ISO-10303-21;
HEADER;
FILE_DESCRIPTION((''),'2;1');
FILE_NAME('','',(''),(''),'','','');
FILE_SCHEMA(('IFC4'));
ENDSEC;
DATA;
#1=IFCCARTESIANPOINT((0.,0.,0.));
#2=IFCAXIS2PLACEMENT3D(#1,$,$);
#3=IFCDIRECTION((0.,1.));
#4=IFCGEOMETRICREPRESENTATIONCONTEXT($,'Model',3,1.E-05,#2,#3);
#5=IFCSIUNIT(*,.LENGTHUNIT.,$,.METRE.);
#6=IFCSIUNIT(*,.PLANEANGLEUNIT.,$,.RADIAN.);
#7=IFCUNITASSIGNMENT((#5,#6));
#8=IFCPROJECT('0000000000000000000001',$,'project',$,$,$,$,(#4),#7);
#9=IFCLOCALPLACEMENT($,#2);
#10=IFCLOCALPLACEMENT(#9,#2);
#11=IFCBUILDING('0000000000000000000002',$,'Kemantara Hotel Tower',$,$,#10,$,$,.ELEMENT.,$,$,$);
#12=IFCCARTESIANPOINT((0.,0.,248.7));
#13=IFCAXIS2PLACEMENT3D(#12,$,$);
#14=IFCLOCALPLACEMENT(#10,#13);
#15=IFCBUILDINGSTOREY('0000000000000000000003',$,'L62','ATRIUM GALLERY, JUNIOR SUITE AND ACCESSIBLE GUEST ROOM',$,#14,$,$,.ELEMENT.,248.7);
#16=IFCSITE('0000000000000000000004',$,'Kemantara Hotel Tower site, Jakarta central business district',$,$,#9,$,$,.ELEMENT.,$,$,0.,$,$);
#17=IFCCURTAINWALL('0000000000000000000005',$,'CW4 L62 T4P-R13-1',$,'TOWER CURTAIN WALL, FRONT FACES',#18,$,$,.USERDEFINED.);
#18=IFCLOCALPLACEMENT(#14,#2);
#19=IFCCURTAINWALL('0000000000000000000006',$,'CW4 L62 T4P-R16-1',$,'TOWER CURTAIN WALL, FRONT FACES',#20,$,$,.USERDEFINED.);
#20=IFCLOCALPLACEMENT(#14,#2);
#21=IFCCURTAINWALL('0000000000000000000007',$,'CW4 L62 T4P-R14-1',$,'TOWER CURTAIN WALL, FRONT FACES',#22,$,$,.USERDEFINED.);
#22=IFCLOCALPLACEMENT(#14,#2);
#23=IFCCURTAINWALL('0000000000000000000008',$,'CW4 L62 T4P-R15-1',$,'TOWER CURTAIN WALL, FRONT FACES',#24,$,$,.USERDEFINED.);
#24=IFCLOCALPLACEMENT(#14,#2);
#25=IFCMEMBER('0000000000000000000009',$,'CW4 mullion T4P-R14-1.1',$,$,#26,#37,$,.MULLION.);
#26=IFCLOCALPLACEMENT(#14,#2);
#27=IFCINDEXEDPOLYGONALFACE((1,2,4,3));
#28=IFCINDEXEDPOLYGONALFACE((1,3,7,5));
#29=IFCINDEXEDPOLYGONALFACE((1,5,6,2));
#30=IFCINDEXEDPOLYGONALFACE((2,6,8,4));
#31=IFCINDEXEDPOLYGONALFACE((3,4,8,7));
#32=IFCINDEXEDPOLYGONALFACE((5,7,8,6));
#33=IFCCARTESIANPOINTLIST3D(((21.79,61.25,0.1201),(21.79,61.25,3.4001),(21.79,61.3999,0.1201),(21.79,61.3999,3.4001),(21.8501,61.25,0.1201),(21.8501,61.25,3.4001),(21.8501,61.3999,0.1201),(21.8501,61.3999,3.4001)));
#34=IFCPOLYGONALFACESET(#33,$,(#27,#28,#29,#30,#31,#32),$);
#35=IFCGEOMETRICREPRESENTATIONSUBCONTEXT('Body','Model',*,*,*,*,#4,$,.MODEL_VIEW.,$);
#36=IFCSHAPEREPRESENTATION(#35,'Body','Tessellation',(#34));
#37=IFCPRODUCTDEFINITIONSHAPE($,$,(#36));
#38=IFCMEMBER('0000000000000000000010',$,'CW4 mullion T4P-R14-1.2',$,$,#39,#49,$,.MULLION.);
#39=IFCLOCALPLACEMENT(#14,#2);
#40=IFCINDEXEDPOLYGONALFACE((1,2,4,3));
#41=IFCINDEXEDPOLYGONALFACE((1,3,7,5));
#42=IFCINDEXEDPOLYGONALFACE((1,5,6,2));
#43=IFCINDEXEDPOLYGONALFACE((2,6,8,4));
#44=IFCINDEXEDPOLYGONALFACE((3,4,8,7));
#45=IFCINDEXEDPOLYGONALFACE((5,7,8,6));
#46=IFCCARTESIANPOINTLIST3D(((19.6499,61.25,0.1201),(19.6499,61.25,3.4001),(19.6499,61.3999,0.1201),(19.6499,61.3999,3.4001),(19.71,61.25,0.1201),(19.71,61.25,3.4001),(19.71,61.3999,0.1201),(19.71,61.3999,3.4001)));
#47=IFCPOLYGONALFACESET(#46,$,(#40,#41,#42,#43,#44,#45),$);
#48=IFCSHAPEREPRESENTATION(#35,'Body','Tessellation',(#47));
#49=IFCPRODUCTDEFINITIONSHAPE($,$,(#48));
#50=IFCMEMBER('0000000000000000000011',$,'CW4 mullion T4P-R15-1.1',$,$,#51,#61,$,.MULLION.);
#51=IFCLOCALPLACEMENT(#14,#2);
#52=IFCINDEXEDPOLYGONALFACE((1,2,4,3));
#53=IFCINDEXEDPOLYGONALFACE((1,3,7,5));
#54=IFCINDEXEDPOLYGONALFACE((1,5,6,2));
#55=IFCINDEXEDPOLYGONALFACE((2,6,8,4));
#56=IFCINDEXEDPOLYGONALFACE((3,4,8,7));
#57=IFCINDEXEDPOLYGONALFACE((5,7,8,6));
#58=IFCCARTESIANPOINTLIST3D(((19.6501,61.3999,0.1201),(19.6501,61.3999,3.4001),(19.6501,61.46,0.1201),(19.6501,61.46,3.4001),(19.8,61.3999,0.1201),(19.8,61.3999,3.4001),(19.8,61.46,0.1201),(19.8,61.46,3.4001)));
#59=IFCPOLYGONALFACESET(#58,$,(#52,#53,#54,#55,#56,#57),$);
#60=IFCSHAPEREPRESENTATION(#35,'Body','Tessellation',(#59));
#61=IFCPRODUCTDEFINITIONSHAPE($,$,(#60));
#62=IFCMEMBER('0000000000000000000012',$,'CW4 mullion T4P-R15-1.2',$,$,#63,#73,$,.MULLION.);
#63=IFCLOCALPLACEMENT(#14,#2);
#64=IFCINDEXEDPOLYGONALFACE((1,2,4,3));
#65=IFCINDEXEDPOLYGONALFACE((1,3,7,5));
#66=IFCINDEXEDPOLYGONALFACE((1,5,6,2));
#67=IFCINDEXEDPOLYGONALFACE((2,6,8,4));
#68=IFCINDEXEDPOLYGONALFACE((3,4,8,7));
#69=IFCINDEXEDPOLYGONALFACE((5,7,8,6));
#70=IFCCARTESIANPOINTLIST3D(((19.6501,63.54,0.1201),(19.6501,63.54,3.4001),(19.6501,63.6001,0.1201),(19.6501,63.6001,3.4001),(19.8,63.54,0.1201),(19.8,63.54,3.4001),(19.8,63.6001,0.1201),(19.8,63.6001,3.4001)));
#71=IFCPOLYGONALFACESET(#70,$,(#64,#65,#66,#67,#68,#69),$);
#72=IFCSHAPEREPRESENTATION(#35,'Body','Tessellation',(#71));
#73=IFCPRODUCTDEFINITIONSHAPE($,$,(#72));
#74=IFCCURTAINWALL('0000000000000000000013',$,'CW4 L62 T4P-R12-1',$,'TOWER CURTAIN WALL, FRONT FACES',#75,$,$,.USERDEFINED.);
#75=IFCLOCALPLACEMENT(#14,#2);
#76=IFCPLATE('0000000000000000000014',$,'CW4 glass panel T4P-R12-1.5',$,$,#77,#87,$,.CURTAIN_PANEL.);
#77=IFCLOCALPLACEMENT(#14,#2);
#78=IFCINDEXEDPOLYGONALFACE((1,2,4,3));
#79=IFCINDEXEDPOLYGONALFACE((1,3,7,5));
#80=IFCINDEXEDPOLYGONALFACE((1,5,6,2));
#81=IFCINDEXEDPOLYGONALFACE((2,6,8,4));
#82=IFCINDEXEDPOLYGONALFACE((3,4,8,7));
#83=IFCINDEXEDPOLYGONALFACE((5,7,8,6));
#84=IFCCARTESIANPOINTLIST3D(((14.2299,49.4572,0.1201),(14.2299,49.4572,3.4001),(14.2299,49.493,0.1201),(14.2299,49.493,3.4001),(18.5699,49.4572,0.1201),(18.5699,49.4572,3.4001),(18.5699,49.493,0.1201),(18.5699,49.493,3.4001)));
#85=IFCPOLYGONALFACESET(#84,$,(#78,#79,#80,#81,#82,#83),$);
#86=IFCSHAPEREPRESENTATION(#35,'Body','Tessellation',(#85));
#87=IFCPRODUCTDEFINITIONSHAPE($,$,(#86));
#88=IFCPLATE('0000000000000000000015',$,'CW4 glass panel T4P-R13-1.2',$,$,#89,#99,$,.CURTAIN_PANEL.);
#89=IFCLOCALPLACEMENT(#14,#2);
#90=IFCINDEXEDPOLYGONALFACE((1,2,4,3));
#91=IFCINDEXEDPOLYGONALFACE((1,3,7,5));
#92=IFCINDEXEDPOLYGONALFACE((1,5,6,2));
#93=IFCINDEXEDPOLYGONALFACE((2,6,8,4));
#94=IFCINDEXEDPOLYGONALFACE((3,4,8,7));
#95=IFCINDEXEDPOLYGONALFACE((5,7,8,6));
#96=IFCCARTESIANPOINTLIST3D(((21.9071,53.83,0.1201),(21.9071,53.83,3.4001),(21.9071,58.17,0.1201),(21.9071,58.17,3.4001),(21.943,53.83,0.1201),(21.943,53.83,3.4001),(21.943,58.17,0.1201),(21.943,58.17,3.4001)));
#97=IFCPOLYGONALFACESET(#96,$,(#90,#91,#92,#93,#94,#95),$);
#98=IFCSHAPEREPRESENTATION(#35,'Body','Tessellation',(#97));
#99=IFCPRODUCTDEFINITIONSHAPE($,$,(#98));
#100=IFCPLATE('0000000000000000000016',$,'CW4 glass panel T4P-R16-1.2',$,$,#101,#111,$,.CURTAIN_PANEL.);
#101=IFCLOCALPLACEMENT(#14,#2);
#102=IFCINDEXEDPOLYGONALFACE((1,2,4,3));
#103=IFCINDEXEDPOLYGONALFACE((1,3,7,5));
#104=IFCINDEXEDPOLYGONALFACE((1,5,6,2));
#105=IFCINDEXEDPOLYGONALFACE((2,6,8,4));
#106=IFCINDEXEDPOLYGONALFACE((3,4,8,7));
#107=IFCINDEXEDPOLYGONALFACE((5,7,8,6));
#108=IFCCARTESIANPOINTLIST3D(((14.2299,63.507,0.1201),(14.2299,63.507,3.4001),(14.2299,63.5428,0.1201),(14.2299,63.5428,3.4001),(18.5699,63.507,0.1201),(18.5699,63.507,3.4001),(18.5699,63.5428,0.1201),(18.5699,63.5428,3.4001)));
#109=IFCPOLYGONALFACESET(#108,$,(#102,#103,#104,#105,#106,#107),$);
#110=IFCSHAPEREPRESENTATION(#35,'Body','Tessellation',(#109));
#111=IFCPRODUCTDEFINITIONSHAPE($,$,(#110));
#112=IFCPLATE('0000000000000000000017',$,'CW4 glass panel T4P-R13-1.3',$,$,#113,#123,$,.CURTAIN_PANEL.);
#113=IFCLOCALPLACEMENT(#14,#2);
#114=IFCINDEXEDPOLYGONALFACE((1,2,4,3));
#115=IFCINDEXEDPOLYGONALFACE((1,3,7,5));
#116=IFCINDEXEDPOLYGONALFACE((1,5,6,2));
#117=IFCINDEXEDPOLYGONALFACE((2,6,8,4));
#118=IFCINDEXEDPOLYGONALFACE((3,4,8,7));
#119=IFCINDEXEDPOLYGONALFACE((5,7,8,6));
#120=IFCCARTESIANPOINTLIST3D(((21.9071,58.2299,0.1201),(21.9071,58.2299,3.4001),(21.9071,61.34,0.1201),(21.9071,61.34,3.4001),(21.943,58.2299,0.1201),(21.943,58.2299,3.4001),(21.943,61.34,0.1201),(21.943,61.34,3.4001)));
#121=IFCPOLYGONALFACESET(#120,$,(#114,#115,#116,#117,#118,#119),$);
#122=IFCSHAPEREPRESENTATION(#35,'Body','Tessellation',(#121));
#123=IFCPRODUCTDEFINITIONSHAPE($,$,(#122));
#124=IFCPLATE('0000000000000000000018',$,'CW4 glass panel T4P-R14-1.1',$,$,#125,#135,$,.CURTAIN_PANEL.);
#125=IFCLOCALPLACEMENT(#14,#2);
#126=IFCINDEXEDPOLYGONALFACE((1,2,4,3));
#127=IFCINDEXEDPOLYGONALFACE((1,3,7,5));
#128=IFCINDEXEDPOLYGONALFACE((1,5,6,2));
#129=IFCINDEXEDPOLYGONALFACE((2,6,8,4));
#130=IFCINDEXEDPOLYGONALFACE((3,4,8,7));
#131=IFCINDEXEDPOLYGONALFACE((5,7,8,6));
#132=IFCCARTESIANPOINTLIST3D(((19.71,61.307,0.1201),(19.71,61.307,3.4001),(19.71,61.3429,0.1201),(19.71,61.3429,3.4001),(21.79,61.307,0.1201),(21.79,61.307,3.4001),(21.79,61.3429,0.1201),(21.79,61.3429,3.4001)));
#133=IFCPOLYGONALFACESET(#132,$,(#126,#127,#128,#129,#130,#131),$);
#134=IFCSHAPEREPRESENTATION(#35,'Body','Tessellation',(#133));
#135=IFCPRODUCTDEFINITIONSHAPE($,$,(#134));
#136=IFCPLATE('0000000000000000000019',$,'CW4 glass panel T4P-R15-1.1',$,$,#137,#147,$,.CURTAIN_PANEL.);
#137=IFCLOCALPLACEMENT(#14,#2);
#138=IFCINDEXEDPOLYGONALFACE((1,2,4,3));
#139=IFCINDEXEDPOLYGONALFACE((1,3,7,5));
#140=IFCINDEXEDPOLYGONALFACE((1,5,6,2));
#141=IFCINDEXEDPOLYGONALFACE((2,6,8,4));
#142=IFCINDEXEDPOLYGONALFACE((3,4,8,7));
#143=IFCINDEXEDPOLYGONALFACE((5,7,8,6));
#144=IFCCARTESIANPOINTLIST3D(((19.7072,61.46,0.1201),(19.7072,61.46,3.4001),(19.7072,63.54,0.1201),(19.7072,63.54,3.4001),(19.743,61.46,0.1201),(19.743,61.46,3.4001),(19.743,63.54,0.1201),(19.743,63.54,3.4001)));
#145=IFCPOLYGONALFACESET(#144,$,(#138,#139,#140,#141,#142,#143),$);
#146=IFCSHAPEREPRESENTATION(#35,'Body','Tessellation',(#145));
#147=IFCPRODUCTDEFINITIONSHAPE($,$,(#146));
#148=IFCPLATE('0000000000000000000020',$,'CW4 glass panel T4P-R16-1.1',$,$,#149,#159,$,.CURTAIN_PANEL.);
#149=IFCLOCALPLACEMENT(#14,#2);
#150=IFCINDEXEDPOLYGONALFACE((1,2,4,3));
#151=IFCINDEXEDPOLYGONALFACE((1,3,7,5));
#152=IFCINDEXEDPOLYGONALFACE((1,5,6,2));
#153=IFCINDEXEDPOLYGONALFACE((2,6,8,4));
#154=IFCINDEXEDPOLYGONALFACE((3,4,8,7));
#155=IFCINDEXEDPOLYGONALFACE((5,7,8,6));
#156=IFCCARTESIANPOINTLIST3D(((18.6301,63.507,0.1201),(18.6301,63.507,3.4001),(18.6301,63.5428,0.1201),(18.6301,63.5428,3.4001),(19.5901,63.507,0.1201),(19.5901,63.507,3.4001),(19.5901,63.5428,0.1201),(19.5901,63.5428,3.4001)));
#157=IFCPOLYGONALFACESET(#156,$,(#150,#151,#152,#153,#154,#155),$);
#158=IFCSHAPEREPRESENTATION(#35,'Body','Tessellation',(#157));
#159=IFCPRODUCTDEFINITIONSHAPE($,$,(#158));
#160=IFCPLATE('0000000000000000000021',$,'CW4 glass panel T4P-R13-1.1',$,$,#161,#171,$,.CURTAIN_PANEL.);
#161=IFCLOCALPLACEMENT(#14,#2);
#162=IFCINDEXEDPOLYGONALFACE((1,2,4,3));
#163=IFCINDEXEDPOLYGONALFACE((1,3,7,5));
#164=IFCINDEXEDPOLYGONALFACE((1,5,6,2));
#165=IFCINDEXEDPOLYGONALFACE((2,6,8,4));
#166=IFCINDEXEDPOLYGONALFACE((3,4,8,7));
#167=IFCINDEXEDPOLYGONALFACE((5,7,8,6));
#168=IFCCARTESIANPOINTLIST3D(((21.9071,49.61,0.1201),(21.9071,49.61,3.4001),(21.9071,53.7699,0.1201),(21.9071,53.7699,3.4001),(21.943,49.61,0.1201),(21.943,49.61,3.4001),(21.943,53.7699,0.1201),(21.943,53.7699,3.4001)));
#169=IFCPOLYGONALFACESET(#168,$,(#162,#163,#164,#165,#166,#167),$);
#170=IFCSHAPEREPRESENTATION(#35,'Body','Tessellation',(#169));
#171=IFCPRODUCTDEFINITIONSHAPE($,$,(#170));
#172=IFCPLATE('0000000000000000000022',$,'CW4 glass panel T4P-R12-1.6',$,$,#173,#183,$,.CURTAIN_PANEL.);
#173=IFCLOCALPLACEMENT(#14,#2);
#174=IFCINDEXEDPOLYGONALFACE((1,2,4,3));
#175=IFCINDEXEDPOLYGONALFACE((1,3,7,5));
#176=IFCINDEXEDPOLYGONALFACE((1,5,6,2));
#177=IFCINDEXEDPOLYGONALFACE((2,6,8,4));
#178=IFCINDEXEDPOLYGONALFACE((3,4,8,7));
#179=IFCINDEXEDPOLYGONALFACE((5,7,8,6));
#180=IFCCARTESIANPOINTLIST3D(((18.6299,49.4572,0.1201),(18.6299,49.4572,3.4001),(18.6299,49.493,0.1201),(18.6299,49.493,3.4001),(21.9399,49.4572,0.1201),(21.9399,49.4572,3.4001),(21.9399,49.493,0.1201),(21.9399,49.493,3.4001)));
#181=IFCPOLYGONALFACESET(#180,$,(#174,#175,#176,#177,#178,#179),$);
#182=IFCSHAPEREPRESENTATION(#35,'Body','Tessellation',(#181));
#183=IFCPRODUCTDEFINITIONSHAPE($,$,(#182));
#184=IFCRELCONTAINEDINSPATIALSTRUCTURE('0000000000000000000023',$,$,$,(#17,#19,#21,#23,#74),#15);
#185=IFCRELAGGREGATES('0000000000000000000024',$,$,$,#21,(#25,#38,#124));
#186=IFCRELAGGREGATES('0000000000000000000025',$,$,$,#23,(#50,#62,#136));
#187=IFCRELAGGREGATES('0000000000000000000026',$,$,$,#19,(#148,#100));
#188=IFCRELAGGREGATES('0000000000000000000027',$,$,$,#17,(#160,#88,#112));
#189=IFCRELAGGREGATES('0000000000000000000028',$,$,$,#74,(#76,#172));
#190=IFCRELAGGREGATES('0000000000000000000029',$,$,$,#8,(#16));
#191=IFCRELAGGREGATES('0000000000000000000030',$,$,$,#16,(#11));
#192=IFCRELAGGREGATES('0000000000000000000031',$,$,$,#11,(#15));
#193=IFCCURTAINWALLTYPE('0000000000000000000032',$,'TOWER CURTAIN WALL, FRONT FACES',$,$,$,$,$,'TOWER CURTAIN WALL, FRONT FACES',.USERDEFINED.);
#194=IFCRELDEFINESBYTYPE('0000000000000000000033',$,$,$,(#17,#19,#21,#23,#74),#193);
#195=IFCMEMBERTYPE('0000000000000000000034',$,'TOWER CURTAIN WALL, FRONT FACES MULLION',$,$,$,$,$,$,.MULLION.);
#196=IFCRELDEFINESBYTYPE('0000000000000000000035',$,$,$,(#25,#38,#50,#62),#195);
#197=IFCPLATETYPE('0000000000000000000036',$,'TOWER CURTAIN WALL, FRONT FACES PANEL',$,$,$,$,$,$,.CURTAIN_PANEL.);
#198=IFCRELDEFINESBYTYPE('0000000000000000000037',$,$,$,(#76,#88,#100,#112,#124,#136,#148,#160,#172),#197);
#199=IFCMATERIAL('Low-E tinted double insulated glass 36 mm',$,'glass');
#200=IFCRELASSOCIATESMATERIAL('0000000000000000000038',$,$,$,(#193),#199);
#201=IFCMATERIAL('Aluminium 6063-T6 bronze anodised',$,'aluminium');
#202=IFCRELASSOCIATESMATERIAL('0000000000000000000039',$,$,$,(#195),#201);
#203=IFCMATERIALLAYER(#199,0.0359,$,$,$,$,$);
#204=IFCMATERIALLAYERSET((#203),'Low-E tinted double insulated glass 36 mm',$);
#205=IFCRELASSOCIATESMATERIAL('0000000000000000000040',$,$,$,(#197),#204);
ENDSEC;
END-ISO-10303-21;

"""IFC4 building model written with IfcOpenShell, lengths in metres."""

from ifc_helpers import new_model, si_unit, direction, frame, origin, origin_2d, place, context, subcontext, project, spatial, rectangle, extrude, source, transform, mapped, material, layer, layer_set, material_profile, profile_set, type_object, element, aggregate, save


model = new_model("IFC4")

# Units and contexts
model_context = context("Model", 3, precision=1e-05, world=origin(), true_north=direction((0.0, 1.0)))
body_context = subcontext(model_context, "Body", "Model", "MODEL_VIEW")
ifc_project = project(units=[si_unit("LENGTHUNIT", "METRE"), si_unit("PLANEANGLEUNIT", "RADIAN")], contexts=[model_context])

# Site, building, storey
site_placement = place(None, origin())
site = spatial("IfcSite", under=ifc_project, at=site_placement, Name="Kemantara Hotel Tower site, Jakarta central business district", CompositionType="ELEMENT", RefElevation=0.0)
building_placement = place(site_placement, origin())
building = spatial("IfcBuilding", under=site, at=building_placement, Name="Kemantara Hotel Tower", CompositionType="ELEMENT")
storey_placement = place(building_placement, frame((0.0, 0.0, 248.7)))
storey = spatial("IfcBuildingStorey", under=building, at=storey_placement, Name="L62", Description="ATRIUM GALLERY, JUNIOR SUITE AND ACCESSIBLE GUEST ROOM", CompositionType="ELEMENT", Elevation=248.7)

# Curtain walls
ifc_material_1 = material(Name="Low-E tinted double insulated glass 36 mm", Category="glass")
curtain_wall_type = type_object("IfcCurtainWallType", Name="TOWER CURTAIN WALL, FRONT FACES", ElementType="TOWER CURTAIN WALL, FRONT FACES", PredefinedType="USERDEFINED", material=ifc_material_1)
curtain_wall_1_placement = place(storey_placement, origin())
curtain_wall_1 = element("IfcCurtainWall", 1, at=curtain_wall_1_placement, inside=storey, type_object=curtain_wall_type, Name="CW4 L62 T4P-R13-1", ObjectType="TOWER CURTAIN WALL, FRONT FACES", PredefinedType="USERDEFINED")
ifc_material_2 = material(Name="Aluminium 6063-T6 bronze anodised", Category="aluminium")
curtain_wall_2_placement = place(storey_placement, origin())
curtain_wall_2 = element("IfcCurtainWall", 2, at=curtain_wall_2_placement, inside=storey, type_object=curtain_wall_type, Name="CW4 L62 T4P-R16-1", ObjectType="TOWER CURTAIN WALL, FRONT FACES", PredefinedType="USERDEFINED")
curtain_wall_3_placement = place(storey_placement, origin())
curtain_wall_3 = element("IfcCurtainWall", 3, at=curtain_wall_3_placement, inside=storey, type_object=curtain_wall_type, Name="CW4 L62 T4P-R14-1", ObjectType="TOWER CURTAIN WALL, FRONT FACES", PredefinedType="USERDEFINED")
curtain_wall_4_placement = place(storey_placement, origin())
curtain_wall_4 = element("IfcCurtainWall", 4, at=curtain_wall_4_placement, inside=storey, type_object=curtain_wall_type, Name="CW4 L62 T4P-R15-1", ObjectType="TOWER CURTAIN WALL, FRONT FACES", PredefinedType="USERDEFINED")

# Members
ifc_material_profile_1 = material_profile(ifc_material_2, rectangle(XDim=0.1499, YDim=0.0601, at=origin_2d()), Name="TOWER CURTAIN WALL, FRONT FACES MULLION")
ifc_profile_set_1 = profile_set([ifc_material_profile_1], Name="Aluminium 6063-T6 bronze anodised")
member_type_1 = type_object("IfcMemberType", Name="TOWER CURTAIN WALL, FRONT FACES MULLION", PredefinedType="MULLION", material=ifc_profile_set_1)
shared_shape_1 = source(origin(), body_context, "Body", "SweptSolid", [
    extrude(rectangle(XDim=0.1499, YDim=0.0601, at=origin_2d()), origin(), (0.0, 0.0, 1.0), 3.28),
])
member_1_placement = place(storey_placement, frame((21.8201, 61.325, 0.1201), z_axis=(0.0, 0.0, 1.0), x_axis=(0.0, -1.0, 0.0)))
member_1 = element("IfcMember", 5, at=member_1_placement, type_object=member_type_1, Name="CW4 mullion T4P-R14-1.1", PredefinedType="MULLION", context=body_context, shape_type="MappedRepresentation", body=[
    mapped(shared_shape_1, transform((0.0, 0.0, 0.0))),
])
member_2_placement = place(storey_placement, frame((19.6799, 61.325, 0.1201), z_axis=(0.0, 0.0, 1.0), x_axis=(0.0, -1.0, 0.0)))
member_2 = element("IfcMember", 6, at=member_2_placement, type_object=member_type_1, Name="CW4 mullion T4P-R14-1.2", PredefinedType="MULLION", context=body_context, shape_type="MappedRepresentation", body=[
    mapped(shared_shape_1, transform((0.0, 0.0, 0.0))),
])
member_3_placement = place(storey_placement, frame((19.7251, 61.4299, 0.1201), z_axis=(0.0, 0.0, 1.0), x_axis=(-1.0, 0.0, 0.0)))
member_3 = element("IfcMember", 7, at=member_3_placement, type_object=member_type_1, Name="CW4 mullion T4P-R15-1.1", PredefinedType="MULLION", context=body_context, shape_type="MappedRepresentation", body=[
    mapped(shared_shape_1, transform((0.0, 0.0, 0.0))),
])
member_4_placement = place(storey_placement, frame((19.7251, 63.5701, 0.1201), z_axis=(0.0, 0.0, 1.0), x_axis=(-1.0, 0.0, 0.0)))
member_4 = element("IfcMember", 8, at=member_4_placement, type_object=member_type_1, Name="CW4 mullion T4P-R15-1.2", PredefinedType="MULLION", context=body_context, shape_type="MappedRepresentation", body=[
    mapped(shared_shape_1, transform((0.0, 0.0, 0.0))),
])

# Curtain wall, plate
curtain_wall_5_placement = place(storey_placement, origin())
curtain_wall_5 = element("IfcCurtainWall", 9, at=curtain_wall_5_placement, inside=storey, type_object=curtain_wall_type, Name="CW4 L62 T4P-R12-1", ObjectType="TOWER CURTAIN WALL, FRONT FACES", PredefinedType="USERDEFINED")
ifc_layer_1 = layer(ifc_material_1, 0.0359)
ifc_layer_set_1 = layer_set([ifc_layer_1], Name="Low-E tinted double insulated glass 36 mm")
plate_type = type_object("IfcPlateType", Name="TOWER CURTAIN WALL, FRONT FACES PANEL", PredefinedType="CURTAIN_PANEL", material=ifc_layer_set_1)
shared_shape_2 = source(origin(), body_context, "Body", "SweptSolid", [
    extrude(rectangle(XDim=4.3401, YDim=0.0359, at=origin_2d()), origin(), (0.0, 0.0, 1.0), 3.28),
])
plate_1_placement = place(storey_placement, frame((16.3999, 49.4751, 0.1201), z_axis=(0.0, 0.0, 1.0), x_axis=(1.0, 0.0, 0.0)))
plate_1 = element("IfcPlate", 10, at=plate_1_placement, type_object=plate_type, Name="CW4 glass panel T4P-R12-1.5", PredefinedType="CURTAIN_PANEL", context=body_context, shape_type="MappedRepresentation", body=[
    mapped(shared_shape_2, transform((0.0, 0.0, 0.0))),
])

# Plates
plate_2_placement = place(storey_placement, frame((21.925, 56.0, 0.1201), z_axis=(0.0, 0.0, 1.0), x_axis=(0.0, 1.0, 0.0)))
plate_2 = element("IfcPlate", 11, at=plate_2_placement, type_object=plate_type, Name="CW4 glass panel T4P-R13-1.2", PredefinedType="CURTAIN_PANEL", context=body_context, shape_type="MappedRepresentation", body=[
    mapped(shared_shape_2, transform((0.0, 0.0, 0.0))),
])
plate_3_placement = place(storey_placement, frame((16.3999, 63.5249, 0.1201), z_axis=(0.0, 0.0, 1.0), x_axis=(-1.0, 0.0, 0.0)))
plate_3 = element("IfcPlate", 12, at=plate_3_placement, type_object=plate_type, Name="CW4 glass panel T4P-R16-1.2", PredefinedType="CURTAIN_PANEL", context=body_context, shape_type="MappedRepresentation", body=[
    mapped(shared_shape_2, transform((0.0, 0.0, 0.0))),
])
shared_shape_3 = source(origin(), body_context, "Body", "SweptSolid", [
    extrude(rectangle(XDim=3.1101, YDim=0.0359, at=origin_2d()), origin(), (0.0, 0.0, 1.0), 3.28),
])
plate_4_placement = place(storey_placement, frame((21.925, 59.7849, 0.1201), z_axis=(0.0, 0.0, 1.0), x_axis=(0.0, 1.0, 0.0)))
plate_4 = element("IfcPlate", 13, at=plate_4_placement, type_object=plate_type, Name="CW4 glass panel T4P-R13-1.3", PredefinedType="CURTAIN_PANEL", context=body_context, shape_type="MappedRepresentation", body=[
    mapped(shared_shape_3, transform((0.0, 0.0, 0.0))),
])
shared_shape_4 = source(origin(), body_context, "Body", "SweptSolid", [
    extrude(rectangle(XDim=2.0801, YDim=0.0359, at=origin_2d()), origin(), (0.0, 0.0, 1.0), 3.28),
])
plate_5_placement = place(storey_placement, frame((20.75, 61.325, 0.1201), z_axis=(0.0, 0.0, 1.0), x_axis=(-1.0, 0.0, 0.0)))
plate_5 = element("IfcPlate", 14, at=plate_5_placement, type_object=plate_type, Name="CW4 glass panel T4P-R14-1.1", PredefinedType="CURTAIN_PANEL", context=body_context, shape_type="MappedRepresentation", body=[
    mapped(shared_shape_4, transform((0.0, 0.0, 0.0))),
])
aggregate(curtain_wall_3, [member_1, member_2, plate_5])
plate_6_placement = place(storey_placement, frame((19.7251, 62.5, 0.1201), z_axis=(0.0, 0.0, 1.0), x_axis=(0.0, 1.0, 0.0)))
plate_6 = element("IfcPlate", 15, at=plate_6_placement, type_object=plate_type, Name="CW4 glass panel T4P-R15-1.1", PredefinedType="CURTAIN_PANEL", context=body_context, shape_type="MappedRepresentation", body=[
    mapped(shared_shape_4, transform((0.0, 0.0, 0.0))),
])
aggregate(curtain_wall_4, [member_3, member_4, plate_6])
shared_shape_5 = source(origin(), body_context, "Body", "SweptSolid", [
    extrude(rectangle(XDim=0.96, YDim=0.0359, at=origin_2d()), origin(), (0.0, 0.0, 1.0), 3.28),
])
plate_7_placement = place(storey_placement, frame((19.1101, 63.5249, 0.1201), z_axis=(0.0, 0.0, 1.0), x_axis=(-1.0, 0.0, 0.0)))
plate_7 = element("IfcPlate", 16, at=plate_7_placement, type_object=plate_type, Name="CW4 glass panel T4P-R16-1.1", PredefinedType="CURTAIN_PANEL", context=body_context, shape_type="MappedRepresentation", body=[
    mapped(shared_shape_5, transform((0.0, 0.0, 0.0))),
])
aggregate(curtain_wall_2, [plate_7, plate_3])
shared_shape_6 = source(origin(), body_context, "Body", "SweptSolid", [
    extrude(rectangle(XDim=4.1599, YDim=0.0359, at=origin_2d()), origin(), (0.0, 0.0, 1.0), 3.28),
])
plate_8_placement = place(storey_placement, frame((21.925, 51.6899, 0.1201), z_axis=(0.0, 0.0, 1.0), x_axis=(0.0, 1.0, 0.0)))
plate_8 = element("IfcPlate", 17, at=plate_8_placement, type_object=plate_type, Name="CW4 glass panel T4P-R13-1.1", PredefinedType="CURTAIN_PANEL", context=body_context, shape_type="MappedRepresentation", body=[
    mapped(shared_shape_6, transform((0.0, 0.0, 0.0))),
])
aggregate(curtain_wall_1, [plate_8, plate_2, plate_4])
shared_shape_7 = source(origin(), body_context, "Body", "SweptSolid", [
    extrude(rectangle(XDim=3.3101, YDim=0.0359, at=origin_2d()), origin(), (0.0, 0.0, 1.0), 3.28),
])
plate_9_placement = place(storey_placement, frame((20.2849, 49.4751, 0.1201), z_axis=(0.0, 0.0, 1.0), x_axis=(1.0, 0.0, 0.0)))
plate_9 = element("IfcPlate", 18, at=plate_9_placement, type_object=plate_type, Name="CW4 glass panel T4P-R12-1.6", PredefinedType="CURTAIN_PANEL", context=body_context, shape_type="MappedRepresentation", body=[
    mapped(shared_shape_7, transform((0.0, 0.0, 0.0))),
])
aggregate(curtain_wall_5, [plate_1, plate_9])

save(model, "model.ifc")
